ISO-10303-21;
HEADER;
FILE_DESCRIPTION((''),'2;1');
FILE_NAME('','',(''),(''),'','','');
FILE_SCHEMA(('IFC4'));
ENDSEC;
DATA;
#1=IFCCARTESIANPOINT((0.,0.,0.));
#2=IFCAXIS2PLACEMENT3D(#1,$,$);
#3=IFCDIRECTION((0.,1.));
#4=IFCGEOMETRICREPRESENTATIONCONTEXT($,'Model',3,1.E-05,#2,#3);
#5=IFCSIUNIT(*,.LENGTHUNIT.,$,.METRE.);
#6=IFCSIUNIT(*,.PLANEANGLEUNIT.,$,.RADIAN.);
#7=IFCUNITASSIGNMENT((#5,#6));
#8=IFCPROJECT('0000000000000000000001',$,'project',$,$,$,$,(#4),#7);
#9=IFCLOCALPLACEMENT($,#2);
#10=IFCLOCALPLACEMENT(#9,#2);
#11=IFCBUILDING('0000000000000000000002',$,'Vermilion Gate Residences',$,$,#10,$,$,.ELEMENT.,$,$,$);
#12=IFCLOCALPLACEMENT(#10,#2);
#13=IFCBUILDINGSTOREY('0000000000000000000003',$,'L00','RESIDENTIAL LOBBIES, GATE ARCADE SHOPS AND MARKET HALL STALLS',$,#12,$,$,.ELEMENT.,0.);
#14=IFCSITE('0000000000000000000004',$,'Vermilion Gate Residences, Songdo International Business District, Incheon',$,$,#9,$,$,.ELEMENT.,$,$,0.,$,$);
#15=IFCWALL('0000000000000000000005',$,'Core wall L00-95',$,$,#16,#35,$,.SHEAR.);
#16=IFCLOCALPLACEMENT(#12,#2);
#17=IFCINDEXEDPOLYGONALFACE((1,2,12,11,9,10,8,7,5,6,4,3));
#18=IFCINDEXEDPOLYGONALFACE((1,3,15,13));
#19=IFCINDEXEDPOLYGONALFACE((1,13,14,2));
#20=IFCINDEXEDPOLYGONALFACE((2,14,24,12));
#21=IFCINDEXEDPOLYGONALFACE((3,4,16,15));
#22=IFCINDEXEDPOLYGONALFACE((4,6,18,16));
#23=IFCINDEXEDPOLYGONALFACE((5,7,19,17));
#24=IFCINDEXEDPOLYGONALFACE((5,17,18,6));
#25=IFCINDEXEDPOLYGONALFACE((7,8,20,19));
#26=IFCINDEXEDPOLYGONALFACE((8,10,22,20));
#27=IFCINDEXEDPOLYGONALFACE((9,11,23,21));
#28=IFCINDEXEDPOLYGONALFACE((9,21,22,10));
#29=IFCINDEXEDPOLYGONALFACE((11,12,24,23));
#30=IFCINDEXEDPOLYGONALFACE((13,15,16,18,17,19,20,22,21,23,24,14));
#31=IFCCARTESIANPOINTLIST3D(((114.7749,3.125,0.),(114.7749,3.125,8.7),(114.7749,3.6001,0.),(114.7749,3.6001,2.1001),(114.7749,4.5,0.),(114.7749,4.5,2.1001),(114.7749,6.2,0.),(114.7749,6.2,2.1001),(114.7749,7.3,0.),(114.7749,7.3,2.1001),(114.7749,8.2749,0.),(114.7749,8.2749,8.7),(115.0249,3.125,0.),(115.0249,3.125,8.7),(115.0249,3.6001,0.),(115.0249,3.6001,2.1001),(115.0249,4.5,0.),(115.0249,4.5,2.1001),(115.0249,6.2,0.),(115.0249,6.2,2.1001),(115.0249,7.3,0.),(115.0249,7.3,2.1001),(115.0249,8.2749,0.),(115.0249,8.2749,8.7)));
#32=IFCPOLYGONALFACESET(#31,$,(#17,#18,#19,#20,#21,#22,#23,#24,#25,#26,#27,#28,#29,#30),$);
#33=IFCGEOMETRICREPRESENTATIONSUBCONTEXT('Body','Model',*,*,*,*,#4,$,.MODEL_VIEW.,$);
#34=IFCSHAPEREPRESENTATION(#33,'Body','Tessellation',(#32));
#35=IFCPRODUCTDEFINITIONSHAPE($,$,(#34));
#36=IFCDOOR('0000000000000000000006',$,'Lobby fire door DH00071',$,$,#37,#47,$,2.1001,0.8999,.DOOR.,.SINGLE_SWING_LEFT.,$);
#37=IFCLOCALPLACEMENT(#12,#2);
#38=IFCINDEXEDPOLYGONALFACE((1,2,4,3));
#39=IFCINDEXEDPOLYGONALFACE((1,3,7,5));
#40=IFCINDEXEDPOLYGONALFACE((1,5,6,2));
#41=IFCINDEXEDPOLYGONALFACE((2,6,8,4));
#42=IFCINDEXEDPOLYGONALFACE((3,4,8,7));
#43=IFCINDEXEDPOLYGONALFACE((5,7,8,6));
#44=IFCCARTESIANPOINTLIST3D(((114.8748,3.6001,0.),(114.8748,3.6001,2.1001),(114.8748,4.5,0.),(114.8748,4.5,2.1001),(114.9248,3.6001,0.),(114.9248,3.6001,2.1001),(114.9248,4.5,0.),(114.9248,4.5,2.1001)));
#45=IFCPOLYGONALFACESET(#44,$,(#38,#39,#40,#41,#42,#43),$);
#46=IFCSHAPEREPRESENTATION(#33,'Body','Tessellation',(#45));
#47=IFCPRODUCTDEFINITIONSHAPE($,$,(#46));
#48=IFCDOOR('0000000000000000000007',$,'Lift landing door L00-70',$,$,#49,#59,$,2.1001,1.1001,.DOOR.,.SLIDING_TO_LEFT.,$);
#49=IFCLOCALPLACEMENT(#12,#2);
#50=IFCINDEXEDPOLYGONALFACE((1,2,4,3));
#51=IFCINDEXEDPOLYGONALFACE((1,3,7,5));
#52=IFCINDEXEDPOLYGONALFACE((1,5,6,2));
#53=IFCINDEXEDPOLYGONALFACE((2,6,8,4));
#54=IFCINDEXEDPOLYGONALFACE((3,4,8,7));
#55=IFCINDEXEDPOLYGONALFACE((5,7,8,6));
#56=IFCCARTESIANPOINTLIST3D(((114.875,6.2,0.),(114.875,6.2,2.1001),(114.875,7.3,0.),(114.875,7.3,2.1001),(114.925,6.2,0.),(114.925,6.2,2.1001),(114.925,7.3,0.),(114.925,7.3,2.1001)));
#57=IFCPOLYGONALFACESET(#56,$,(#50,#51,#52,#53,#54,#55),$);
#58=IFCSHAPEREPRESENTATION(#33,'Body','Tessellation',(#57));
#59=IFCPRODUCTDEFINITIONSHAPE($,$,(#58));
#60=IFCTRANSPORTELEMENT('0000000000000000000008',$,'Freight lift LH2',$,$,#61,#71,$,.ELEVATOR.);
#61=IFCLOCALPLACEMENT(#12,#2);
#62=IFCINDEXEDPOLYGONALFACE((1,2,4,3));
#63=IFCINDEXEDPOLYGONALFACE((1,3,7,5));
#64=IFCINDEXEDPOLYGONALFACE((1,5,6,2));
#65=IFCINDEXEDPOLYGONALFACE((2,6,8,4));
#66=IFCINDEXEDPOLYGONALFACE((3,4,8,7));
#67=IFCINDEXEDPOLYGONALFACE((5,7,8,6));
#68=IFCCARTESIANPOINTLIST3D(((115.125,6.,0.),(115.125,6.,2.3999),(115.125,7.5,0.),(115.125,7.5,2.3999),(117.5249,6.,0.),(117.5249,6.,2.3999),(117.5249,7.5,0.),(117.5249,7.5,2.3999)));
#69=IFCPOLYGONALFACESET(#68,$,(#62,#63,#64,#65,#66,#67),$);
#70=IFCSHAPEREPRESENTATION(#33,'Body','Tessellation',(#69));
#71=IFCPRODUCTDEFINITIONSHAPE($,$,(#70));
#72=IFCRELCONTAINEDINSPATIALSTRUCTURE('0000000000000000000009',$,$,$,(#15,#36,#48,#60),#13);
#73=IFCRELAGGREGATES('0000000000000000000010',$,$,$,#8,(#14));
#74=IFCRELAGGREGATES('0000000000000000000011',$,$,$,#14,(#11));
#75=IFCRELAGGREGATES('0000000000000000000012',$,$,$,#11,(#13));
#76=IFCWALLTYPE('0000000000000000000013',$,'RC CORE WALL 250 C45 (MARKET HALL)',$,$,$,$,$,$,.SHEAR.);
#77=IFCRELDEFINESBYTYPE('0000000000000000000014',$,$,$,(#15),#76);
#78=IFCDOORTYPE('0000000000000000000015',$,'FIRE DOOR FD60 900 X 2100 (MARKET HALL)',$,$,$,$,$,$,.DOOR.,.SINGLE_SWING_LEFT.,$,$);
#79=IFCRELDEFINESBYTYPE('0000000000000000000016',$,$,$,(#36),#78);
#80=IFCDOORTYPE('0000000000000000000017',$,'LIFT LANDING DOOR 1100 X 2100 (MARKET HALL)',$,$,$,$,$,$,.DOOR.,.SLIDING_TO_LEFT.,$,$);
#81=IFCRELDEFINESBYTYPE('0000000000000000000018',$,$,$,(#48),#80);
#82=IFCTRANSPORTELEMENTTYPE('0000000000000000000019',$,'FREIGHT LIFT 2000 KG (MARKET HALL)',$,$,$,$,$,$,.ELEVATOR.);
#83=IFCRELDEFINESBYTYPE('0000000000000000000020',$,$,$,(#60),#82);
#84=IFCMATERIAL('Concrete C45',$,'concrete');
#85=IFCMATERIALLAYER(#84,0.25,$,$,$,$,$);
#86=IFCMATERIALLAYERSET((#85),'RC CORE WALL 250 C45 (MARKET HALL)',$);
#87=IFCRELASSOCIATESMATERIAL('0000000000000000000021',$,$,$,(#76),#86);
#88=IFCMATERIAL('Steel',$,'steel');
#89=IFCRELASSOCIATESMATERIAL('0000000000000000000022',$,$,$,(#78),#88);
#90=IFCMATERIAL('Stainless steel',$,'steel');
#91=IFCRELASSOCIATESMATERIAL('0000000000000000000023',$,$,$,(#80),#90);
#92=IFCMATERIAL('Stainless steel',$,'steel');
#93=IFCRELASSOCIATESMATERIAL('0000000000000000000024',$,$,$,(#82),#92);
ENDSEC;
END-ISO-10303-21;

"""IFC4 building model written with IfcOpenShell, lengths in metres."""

from ifc_helpers import new_model, si_unit, direction, frame, frame_2d, origin, origin_2d, place, context, subcontext, project, spatial, rectangle, extrude, material, layer, layer_set, type_object, element, fill, save


model = new_model("IFC4")

# Units and contexts
model_context = context("Model", 3, precision=1e-05, world=origin(), true_north=direction((0.0, 1.0)))
body_context = subcontext(model_context, "Body", "Model", "MODEL_VIEW")
ifc_project = project(units=[si_unit("LENGTHUNIT", "METRE"), si_unit("PLANEANGLEUNIT", "RADIAN")], contexts=[model_context])

# Site, building, storey
site_placement = place(None, origin())
site = spatial("IfcSite", under=ifc_project, at=site_placement, Name="Vermilion Gate Residences, Songdo International Business District, Incheon", CompositionType="ELEMENT", RefElevation=0.0)
building_placement = place(site_placement, origin())
building = spatial("IfcBuilding", under=site, at=building_placement, Name="Vermilion Gate Residences", CompositionType="ELEMENT")
storey_placement = place(building_placement, origin())
storey = spatial("IfcBuildingStorey", under=building, at=storey_placement, Name="L00", Description="RESIDENTIAL LOBBIES, GATE ARCADE SHOPS AND MARKET HALL STALLS", CompositionType="ELEMENT", Elevation=0.0)

# Shared definitions
ifc_material_1 = material(Name="Concrete C45", Category="concrete")
ifc_layer_1 = layer(ifc_material_1, 0.25)
ifc_layer_set_1 = layer_set([ifc_layer_1], Name="RC CORE WALL 250 C45 (MARKET HALL)")
wall_type_1 = type_object("IfcWallType", Name="RC CORE WALL 250 C45 (MARKET HALL)", PredefinedType="SHEAR", material=ifc_layer_set_1)

# Wall, openings, doors
wall_1_placement = place(storey_placement, frame((114.8999, 3.125, 0.0), z_axis=(0.0, 0.0, 1.0), x_axis=(0.0, 1.0, 0.0)))
wall_1 = element("IfcWall", 1, at=wall_1_placement, inside=storey, type_object=wall_type_1, Name="Core wall L00-95", PredefinedType="SHEAR", context=body_context, shape_type="SweptSolid", body=[
    extrude(rectangle(XDim=5.1499, YDim=0.25, at=frame_2d((2.575, 0.0))), origin(), (0.0, 0.0, 1.0), 8.7),
])
opening_1_placement = place(wall_1_placement, frame((3.075, 0.0, 0.0)))
opening_1 = element("IfcOpeningElement", 2, at=opening_1_placement, cuts=wall_1, PredefinedType="OPENING", context=body_context, shape_type="SweptSolid", body=[
    extrude(rectangle(XDim=1.1001, YDim=2.1001, at=frame_2d((0.55, 1.05))), frame((0.0, 0.135, 0.0), z_axis=(0.0, -1.0, 0.0), x_axis=(1.0, 0.0, 0.0)), (0.0, 0.0, 1.0), 0.27),
])
opening_2_placement = place(wall_1_placement, frame((0.4751, 0.0, 0.0)))
opening_2 = element("IfcOpeningElement", 3, at=opening_2_placement, cuts=wall_1, PredefinedType="OPENING", context=body_context, shape_type="SweptSolid", body=[
    extrude(rectangle(XDim=0.8999, YDim=2.1001, at=frame_2d((0.45, 1.05))), frame((0.0, 0.135, 0.0), z_axis=(0.0, -1.0, 0.0), x_axis=(1.0, 0.0, 0.0)), (0.0, 0.0, 1.0), 0.27),
])
ifc_material_2 = material(Name="Steel", Category="steel")
door_type_1 = type_object("IfcDoorType", Name="FIRE DOOR FD60 900 X 2100 (MARKET HALL)", OperationType="SINGLE_SWING_LEFT", PredefinedType="DOOR", material=ifc_material_2)
door_1_placement = place(opening_2_placement, frame((0.8999, 0.0, 0.0), z_axis=(0.0, 0.0, 1.0), x_axis=(-1.0, 0.0, 0.0)))
door_1 = element("IfcDoor", 4, at=door_1_placement, inside=storey, type_object=door_type_1, Name="Lobby fire door DH00071", OperationType="SINGLE_SWING_LEFT", OverallHeight=2.1001, OverallWidth=0.8999, PredefinedType="DOOR", context=body_context, shape_type="SweptSolid", body=[
    extrude(rectangle(XDim=0.8999, YDim=2.1001, at=frame_2d((0.45, 1.05))), frame((0.0, 0.0249, 0.0), z_axis=(0.0, -1.0, 0.0), x_axis=(1.0, 0.0, 0.0)), (0.0, 0.0, 1.0), 0.05),
])
fill(opening_2, door_1)
ifc_material_3 = material(Name="Stainless steel", Category="steel")
door_type_2 = type_object("IfcDoorType", Name="LIFT LANDING DOOR 1100 X 2100 (MARKET HALL)", OperationType="SLIDING_TO_LEFT", PredefinedType="DOOR", material=ifc_material_3)
door_2_placement = place(opening_1_placement, origin())
door_2 = element("IfcDoor", 5, at=door_2_placement, inside=storey, type_object=door_type_2, Name="Lift landing door L00-70", OperationType="SLIDING_TO_LEFT", OverallHeight=2.1001, OverallWidth=1.1001, PredefinedType="DOOR", context=body_context, shape_type="SweptSolid", body=[
    extrude(rectangle(XDim=1.1001, YDim=2.1001, at=frame_2d((0.55, 1.05))), frame((0.0, 0.0249, 0.0), z_axis=(0.0, -1.0, 0.0), x_axis=(1.0, 0.0, 0.0)), (0.0, 0.0, 1.0), 0.05),
])
fill(opening_1, door_2)

# Transport element
ifc_material_4 = material(Name="Stainless steel", Category="steel")
transport_element_type = type_object("IfcTransportElementType", Name="FREIGHT LIFT 2000 KG (MARKET HALL)", PredefinedType="ELEVATOR", material=ifc_material_4)
transport_element_placement = place(storey_placement, frame((116.325, 6.75, 0.0), z_axis=(0.0, 0.0, 1.0), x_axis=(1.0, 0.0, 0.0)))
element("IfcTransportElement", 6, at=transport_element_placement, inside=storey, type_object=transport_element_type, Name="Freight lift LH2", PredefinedType="ELEVATOR", context=body_context, shape_type="SweptSolid", body=[
    extrude(rectangle(XDim=2.3999, YDim=1.5, at=origin_2d()), origin(), (0.0, 0.0, 1.0), 2.3999),
])

save(model, "model.ifc")
